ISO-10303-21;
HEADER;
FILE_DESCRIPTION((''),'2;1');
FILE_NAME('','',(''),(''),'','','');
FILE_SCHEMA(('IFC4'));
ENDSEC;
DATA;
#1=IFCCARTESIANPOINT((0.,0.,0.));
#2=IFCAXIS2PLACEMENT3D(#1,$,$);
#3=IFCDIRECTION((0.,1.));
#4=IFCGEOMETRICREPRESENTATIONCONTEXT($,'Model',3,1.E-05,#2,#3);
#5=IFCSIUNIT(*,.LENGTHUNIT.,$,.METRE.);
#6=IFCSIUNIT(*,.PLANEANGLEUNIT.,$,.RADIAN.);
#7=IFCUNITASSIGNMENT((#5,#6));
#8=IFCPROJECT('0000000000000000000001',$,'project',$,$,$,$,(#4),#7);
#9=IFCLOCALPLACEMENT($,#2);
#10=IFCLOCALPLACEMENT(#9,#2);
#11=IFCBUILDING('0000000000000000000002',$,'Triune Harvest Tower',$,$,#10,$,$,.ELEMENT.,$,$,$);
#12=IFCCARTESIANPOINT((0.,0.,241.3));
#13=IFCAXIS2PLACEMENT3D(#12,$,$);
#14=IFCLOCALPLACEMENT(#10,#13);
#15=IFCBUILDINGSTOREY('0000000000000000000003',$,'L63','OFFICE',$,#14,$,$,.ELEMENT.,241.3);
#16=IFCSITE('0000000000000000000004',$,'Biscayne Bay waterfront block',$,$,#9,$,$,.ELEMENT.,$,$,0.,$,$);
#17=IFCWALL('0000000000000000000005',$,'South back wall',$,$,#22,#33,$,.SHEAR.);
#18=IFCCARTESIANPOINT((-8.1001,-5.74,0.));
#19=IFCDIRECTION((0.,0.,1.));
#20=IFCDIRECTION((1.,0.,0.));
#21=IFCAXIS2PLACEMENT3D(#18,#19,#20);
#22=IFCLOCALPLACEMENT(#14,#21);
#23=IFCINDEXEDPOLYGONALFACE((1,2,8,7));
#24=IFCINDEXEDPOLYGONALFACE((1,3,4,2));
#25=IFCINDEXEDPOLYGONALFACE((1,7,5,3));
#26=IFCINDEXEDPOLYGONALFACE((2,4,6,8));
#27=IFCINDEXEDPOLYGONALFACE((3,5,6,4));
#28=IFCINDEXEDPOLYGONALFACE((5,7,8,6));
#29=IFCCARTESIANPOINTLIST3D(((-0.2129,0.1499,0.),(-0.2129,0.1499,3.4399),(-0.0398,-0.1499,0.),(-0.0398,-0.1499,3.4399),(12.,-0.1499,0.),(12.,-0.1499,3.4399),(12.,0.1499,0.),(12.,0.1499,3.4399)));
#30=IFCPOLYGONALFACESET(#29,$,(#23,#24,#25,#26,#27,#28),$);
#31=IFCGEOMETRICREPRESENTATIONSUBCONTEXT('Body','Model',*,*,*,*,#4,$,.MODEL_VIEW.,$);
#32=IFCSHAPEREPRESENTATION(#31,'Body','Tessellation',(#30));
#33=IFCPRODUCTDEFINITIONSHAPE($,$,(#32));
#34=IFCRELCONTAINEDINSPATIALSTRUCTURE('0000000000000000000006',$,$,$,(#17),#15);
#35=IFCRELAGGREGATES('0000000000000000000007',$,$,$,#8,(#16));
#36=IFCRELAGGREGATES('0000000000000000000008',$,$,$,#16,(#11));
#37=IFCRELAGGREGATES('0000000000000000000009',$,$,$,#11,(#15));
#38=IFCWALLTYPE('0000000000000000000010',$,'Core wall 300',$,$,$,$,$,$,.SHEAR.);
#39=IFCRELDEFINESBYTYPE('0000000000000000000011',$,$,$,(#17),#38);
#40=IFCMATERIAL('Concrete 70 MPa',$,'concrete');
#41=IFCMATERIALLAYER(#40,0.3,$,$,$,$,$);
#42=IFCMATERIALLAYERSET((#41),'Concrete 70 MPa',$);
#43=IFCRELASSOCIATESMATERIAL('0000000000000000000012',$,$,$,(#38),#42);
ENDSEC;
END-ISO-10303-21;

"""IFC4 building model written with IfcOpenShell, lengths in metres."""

from ifc_helpers import new_model, si_unit, direction, frame, origin, place, context, subcontext, project, spatial, polyline, outline, extrude, source, transform, mapped, material, layer, layer_set, type_object, element, save


model = new_model("IFC4")

# Units and contexts
model_context = context("Model", 3, precision=1e-05, world=origin(), true_north=direction((0.0, 1.0)))
body_context = subcontext(model_context, "Body", "Model", "MODEL_VIEW")
ifc_project = project(units=[si_unit("LENGTHUNIT", "METRE"), si_unit("PLANEANGLEUNIT", "RADIAN")], contexts=[model_context])

# Site, building, storey
site_placement = place(None, origin())
site = spatial("IfcSite", under=ifc_project, at=site_placement, Name="Biscayne Bay waterfront block", CompositionType="ELEMENT", RefElevation=0.0)
building_placement = place(site_placement, origin())
building = spatial("IfcBuilding", under=site, at=building_placement, Name="Triune Harvest Tower", CompositionType="ELEMENT")
storey_placement = place(building_placement, frame((0.0, 0.0, 241.3)))
storey = spatial("IfcBuildingStorey", under=building, at=storey_placement, Name="L63", Description="OFFICE", CompositionType="ELEMENT", Elevation=241.3)

# Shared definitions
ifc_material_1 = material(Name="Concrete 70 MPa", Category="concrete")
ifc_layer_1 = layer(ifc_material_1, 0.3)
ifc_layer_set_1 = layer_set([ifc_layer_1], Name="Concrete 70 MPa")
wall_type_1 = type_object("IfcWallType", Name="Core wall 300", PredefinedType="SHEAR", material=ifc_layer_set_1)

# Wall
shared_shape_1 = source(origin(), body_context, "Body", "SweptSolid", [
    extrude(outline(polyline([(12.0, -0.1499), (-0.0398, -0.1499), (-0.2129, 0.1499), (12.0, 0.1499), (12.0, -0.1499)])), origin(), (0.0, 0.0, 1.0), 3.4399),
])
wall_1_placement = place(storey_placement, frame((-8.1001, -5.74, 0.0), z_axis=(0.0, 0.0, 1.0), x_axis=(1.0, 0.0, 0.0)))
element("IfcWall", 1, at=wall_1_placement, inside=storey, type_object=wall_type_1, Name="South back wall", PredefinedType="SHEAR", context=body_context, shape_type="MappedRepresentation", body=[
    mapped(shared_shape_1, transform((0.0, 0.0, 0.0), scale=1.0)),
])

save(model, "model.ifc")
